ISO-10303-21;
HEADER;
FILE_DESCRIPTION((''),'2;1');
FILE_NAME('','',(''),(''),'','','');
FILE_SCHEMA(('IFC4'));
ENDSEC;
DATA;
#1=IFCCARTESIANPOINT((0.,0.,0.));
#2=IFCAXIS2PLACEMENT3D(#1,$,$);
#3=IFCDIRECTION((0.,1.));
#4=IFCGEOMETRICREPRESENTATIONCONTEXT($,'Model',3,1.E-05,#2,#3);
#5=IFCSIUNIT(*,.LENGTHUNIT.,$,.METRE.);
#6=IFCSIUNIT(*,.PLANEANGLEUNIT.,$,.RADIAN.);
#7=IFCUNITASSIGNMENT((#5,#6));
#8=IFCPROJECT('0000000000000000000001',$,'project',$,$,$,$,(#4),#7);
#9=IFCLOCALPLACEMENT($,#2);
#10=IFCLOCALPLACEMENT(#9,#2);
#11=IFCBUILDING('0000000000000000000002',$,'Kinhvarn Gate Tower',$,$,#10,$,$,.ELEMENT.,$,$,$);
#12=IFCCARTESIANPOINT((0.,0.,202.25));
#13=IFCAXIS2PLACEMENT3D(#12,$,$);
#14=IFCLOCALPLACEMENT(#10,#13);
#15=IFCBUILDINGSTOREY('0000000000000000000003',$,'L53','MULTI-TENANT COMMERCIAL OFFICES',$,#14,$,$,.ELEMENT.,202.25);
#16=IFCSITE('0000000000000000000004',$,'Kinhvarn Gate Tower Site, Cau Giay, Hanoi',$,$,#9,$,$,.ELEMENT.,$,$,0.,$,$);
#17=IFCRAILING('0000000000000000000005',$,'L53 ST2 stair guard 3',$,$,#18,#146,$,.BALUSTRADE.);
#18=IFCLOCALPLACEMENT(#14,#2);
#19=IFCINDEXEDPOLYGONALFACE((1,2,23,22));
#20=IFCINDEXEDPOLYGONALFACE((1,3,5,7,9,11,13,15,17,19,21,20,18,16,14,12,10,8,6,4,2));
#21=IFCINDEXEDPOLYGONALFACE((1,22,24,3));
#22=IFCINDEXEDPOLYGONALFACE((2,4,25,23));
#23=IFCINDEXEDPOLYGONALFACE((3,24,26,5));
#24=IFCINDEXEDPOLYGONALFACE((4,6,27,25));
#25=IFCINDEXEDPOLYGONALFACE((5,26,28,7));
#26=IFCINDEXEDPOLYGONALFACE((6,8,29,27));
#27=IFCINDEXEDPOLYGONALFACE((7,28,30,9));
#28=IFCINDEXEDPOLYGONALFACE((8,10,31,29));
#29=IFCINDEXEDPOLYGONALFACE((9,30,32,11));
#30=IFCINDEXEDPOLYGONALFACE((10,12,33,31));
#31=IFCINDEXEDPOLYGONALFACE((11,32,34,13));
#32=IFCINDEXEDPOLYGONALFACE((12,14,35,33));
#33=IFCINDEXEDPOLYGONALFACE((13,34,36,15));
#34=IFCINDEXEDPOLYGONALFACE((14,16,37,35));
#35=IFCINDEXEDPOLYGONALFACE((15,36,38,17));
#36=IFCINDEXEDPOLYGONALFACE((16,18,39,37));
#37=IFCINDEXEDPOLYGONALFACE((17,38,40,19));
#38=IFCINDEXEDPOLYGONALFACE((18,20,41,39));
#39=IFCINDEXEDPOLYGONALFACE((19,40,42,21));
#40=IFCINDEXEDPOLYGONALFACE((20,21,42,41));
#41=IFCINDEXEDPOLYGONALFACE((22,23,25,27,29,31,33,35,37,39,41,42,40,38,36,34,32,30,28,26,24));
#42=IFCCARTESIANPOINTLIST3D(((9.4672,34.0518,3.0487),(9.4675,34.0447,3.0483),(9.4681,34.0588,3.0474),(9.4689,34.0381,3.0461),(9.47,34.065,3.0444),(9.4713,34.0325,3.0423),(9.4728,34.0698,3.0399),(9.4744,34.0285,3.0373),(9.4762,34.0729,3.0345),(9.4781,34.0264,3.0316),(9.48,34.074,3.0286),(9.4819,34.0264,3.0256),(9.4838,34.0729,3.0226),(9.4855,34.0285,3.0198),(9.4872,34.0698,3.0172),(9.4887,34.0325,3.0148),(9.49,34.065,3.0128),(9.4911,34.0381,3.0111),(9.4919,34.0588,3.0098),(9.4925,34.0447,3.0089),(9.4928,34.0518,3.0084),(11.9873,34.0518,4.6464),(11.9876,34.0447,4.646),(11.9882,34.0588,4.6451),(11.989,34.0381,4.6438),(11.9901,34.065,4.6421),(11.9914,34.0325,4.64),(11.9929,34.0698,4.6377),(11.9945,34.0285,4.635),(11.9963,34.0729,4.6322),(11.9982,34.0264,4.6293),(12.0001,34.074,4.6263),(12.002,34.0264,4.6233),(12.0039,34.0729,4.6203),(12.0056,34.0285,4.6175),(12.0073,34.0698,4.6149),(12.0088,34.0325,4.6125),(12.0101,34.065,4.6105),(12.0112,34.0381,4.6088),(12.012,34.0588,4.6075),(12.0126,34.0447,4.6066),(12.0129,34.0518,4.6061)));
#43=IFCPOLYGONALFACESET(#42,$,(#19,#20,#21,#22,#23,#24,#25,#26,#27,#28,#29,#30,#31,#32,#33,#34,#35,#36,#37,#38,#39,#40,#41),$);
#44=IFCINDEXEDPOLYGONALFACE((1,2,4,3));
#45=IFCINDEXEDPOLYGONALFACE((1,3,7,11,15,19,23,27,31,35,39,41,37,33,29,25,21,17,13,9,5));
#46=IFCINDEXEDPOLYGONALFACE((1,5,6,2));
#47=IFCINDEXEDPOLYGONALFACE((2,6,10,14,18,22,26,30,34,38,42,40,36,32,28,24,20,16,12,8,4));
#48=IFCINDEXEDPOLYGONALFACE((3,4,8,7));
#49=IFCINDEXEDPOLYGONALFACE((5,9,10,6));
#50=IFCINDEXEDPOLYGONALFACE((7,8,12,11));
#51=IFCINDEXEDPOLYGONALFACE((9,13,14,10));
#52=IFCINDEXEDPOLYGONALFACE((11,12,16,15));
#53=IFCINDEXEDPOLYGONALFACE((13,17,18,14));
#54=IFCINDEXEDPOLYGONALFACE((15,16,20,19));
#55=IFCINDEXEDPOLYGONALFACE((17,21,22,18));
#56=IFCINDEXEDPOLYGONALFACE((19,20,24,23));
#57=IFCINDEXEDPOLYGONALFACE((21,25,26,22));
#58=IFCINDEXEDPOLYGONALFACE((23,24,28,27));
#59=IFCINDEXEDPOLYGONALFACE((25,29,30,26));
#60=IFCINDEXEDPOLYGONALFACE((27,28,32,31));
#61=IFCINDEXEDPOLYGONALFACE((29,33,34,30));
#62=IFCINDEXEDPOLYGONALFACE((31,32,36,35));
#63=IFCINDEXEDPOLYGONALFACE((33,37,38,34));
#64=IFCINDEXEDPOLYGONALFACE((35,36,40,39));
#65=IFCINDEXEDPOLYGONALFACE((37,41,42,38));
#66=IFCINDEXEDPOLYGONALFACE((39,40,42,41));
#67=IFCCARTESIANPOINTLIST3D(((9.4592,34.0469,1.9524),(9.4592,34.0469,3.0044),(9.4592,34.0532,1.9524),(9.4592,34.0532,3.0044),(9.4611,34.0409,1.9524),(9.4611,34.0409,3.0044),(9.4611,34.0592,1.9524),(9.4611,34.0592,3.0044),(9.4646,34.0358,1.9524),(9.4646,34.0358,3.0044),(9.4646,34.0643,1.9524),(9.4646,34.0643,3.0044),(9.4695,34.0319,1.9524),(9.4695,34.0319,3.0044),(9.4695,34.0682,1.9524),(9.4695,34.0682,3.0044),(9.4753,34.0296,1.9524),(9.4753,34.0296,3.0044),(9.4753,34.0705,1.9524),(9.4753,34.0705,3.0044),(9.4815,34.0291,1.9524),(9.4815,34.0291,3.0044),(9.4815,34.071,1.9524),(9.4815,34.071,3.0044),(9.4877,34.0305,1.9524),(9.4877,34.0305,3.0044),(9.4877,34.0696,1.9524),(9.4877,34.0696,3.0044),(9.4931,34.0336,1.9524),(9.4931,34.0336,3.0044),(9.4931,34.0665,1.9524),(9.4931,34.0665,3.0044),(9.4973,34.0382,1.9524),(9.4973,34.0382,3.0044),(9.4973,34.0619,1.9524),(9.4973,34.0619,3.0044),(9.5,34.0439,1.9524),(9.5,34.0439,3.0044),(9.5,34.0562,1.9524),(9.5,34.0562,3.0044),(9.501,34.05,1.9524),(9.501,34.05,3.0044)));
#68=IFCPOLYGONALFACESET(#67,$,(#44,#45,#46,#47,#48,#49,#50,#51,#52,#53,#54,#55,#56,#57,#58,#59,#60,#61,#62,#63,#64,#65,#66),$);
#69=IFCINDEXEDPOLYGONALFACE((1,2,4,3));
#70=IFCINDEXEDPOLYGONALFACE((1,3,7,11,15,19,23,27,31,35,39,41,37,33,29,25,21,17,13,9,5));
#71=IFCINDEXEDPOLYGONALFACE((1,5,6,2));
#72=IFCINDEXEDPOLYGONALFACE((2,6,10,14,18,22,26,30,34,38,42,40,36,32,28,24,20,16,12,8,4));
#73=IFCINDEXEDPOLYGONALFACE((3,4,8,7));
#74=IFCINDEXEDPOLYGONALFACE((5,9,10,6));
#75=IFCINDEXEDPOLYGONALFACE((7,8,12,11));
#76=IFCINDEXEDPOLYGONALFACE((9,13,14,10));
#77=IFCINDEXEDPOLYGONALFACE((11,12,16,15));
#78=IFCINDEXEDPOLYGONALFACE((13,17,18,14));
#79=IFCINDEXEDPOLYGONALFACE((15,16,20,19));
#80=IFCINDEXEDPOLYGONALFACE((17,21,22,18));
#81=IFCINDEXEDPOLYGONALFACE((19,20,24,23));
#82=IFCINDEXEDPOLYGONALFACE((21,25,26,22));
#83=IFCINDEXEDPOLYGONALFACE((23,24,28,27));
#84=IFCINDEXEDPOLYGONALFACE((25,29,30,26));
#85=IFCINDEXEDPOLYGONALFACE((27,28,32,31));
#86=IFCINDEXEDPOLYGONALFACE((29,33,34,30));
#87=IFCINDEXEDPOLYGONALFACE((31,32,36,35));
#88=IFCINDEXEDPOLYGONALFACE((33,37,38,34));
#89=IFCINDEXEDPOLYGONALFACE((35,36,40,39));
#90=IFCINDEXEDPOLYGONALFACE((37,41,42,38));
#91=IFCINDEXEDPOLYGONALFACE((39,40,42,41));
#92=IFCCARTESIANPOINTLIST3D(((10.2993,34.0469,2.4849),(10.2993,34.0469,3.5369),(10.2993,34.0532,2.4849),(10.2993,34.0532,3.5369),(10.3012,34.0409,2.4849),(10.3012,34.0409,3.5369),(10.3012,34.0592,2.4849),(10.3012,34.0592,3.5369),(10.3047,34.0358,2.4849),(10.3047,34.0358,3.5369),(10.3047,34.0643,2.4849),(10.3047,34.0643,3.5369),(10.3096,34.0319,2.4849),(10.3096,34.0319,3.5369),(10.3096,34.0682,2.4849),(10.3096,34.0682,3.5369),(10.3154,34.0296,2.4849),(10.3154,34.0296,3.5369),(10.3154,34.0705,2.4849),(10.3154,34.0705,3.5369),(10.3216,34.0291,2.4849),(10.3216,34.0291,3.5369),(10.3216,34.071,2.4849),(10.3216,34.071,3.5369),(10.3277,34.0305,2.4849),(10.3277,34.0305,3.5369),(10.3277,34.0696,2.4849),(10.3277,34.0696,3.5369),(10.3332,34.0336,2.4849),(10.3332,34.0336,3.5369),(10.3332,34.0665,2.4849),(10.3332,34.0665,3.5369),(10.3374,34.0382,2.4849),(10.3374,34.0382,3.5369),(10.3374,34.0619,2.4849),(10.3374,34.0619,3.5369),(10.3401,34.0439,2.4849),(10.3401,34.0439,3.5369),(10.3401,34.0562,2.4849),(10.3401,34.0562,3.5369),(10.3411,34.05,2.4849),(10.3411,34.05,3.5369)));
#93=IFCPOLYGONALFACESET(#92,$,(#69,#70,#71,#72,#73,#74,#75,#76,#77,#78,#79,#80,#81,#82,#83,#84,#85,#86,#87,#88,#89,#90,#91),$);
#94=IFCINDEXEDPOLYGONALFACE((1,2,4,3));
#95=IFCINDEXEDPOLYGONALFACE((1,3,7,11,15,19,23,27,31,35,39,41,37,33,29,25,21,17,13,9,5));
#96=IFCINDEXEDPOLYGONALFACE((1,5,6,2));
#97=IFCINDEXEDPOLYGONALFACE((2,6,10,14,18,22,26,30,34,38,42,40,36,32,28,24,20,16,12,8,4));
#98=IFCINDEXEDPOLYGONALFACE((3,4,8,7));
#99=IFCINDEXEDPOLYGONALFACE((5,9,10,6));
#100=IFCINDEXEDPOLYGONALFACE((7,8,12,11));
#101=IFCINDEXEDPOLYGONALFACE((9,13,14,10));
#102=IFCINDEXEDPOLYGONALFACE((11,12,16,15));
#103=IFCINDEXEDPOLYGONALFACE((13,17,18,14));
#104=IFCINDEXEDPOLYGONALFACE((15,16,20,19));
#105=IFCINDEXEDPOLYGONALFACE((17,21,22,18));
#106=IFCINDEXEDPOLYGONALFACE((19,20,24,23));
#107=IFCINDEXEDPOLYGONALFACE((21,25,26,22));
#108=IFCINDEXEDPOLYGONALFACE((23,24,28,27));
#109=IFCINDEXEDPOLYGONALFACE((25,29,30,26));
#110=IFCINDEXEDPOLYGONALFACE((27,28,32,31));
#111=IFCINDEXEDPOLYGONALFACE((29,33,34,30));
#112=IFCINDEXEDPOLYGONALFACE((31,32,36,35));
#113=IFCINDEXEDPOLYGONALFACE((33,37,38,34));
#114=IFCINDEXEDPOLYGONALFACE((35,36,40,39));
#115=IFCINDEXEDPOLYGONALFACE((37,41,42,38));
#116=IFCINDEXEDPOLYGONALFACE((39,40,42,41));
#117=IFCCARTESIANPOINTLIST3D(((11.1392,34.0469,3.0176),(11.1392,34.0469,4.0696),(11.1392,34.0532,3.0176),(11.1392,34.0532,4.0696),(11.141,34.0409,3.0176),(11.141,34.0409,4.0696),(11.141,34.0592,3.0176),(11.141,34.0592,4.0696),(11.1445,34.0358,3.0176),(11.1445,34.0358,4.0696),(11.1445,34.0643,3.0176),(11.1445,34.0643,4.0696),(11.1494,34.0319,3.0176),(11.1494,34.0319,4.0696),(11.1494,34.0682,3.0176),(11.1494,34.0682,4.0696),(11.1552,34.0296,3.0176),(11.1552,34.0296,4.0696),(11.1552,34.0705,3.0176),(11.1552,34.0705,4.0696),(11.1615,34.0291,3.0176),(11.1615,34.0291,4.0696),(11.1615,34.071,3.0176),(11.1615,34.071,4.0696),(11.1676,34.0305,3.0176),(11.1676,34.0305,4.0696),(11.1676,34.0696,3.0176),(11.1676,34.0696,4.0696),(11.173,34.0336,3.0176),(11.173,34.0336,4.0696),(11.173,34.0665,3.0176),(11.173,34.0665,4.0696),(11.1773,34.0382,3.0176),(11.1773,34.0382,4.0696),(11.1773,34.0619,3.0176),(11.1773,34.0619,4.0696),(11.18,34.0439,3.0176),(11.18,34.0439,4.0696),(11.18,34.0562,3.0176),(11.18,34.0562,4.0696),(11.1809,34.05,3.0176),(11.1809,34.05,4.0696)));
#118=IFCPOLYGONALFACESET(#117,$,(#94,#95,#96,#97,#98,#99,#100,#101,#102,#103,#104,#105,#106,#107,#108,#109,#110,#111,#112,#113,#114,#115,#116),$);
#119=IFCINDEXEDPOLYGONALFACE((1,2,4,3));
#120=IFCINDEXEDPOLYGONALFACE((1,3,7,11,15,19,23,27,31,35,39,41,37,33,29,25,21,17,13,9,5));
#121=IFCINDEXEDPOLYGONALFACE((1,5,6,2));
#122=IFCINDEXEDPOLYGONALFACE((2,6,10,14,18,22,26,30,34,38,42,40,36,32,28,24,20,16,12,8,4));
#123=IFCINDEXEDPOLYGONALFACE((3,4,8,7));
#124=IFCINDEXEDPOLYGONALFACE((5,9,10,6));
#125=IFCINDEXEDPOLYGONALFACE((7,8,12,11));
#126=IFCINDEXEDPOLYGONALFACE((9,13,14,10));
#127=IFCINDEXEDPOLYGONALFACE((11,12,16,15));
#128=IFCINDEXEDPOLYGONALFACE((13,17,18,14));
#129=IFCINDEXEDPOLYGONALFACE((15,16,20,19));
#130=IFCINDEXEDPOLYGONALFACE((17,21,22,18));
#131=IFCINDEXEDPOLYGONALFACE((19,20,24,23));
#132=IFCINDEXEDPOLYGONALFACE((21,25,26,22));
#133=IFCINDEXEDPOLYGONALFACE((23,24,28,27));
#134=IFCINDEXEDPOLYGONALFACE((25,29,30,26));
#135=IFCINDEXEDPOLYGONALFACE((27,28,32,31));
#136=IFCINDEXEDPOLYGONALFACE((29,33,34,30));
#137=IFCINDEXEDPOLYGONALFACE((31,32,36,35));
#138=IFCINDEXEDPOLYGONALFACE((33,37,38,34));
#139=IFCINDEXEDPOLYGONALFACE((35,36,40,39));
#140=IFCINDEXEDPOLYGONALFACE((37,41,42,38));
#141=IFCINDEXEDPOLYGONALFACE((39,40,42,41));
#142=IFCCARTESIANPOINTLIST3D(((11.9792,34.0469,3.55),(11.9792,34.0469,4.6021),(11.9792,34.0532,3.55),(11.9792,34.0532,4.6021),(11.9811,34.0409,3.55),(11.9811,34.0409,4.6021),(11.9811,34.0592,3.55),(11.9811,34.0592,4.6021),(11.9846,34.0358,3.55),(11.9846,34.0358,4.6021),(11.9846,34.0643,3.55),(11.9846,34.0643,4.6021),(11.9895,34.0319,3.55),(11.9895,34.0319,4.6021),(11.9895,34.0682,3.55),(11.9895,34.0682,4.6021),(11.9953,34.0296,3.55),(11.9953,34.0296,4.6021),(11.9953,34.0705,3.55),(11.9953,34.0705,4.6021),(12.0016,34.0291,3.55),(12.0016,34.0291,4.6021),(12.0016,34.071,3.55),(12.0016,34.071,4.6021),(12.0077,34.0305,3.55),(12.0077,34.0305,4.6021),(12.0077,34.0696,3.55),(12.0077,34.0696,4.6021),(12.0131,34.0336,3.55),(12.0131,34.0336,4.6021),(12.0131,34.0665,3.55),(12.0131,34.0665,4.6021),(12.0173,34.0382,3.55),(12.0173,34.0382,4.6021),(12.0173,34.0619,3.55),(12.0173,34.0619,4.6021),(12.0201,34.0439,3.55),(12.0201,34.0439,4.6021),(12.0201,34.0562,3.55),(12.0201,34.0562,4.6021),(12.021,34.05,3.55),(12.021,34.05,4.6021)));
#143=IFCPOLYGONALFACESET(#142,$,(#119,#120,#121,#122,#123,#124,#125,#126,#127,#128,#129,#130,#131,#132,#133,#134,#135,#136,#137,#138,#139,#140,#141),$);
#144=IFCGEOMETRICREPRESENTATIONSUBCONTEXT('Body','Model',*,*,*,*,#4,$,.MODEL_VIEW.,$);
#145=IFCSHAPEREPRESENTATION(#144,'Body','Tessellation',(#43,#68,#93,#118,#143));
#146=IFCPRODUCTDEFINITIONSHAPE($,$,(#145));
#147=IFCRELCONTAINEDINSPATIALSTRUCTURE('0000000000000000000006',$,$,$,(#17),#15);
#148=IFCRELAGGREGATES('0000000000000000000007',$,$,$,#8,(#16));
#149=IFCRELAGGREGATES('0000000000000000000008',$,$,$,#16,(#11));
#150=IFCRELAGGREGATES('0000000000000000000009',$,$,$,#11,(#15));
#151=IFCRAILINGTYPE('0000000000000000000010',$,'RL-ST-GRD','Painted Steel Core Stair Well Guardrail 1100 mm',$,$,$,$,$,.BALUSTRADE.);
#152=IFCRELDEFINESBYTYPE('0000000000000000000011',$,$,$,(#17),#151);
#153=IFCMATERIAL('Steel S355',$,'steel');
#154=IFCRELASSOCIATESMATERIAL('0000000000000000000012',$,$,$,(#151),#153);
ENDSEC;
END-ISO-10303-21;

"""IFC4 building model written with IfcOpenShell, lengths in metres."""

from ifc_helpers import new_model, si_unit, direction, frame, origin, origin_2d, place, context, subcontext, project, spatial, circle, extrude, material, type_object, element, save


model = new_model("IFC4")

# Units and contexts
model_context = context("Model", 3, precision=1e-05, world=origin(), true_north=direction((0.0, 1.0)))
body_context = subcontext(model_context, "Body", "Model", "MODEL_VIEW")
ifc_project = project(units=[si_unit("LENGTHUNIT", "METRE"), si_unit("PLANEANGLEUNIT", "RADIAN")], contexts=[model_context])

# Site, building, storey
site_placement = place(None, origin())
site = spatial("IfcSite", under=ifc_project, at=site_placement, Name="Kinhvarn Gate Tower Site, Cau Giay, Hanoi", CompositionType="ELEMENT", RefElevation=0.0)
building_placement = place(site_placement, origin())
building = spatial("IfcBuilding", under=site, at=building_placement, Name="Kinhvarn Gate Tower", CompositionType="ELEMENT")
storey_placement = place(building_placement, frame((0.0, 0.0, 202.25)))
storey = spatial("IfcBuildingStorey", under=building, at=storey_placement, Name="L53", Description="MULTI-TENANT COMMERCIAL OFFICES", CompositionType="ELEMENT", Elevation=202.25)

# Railing
ifc_material_1 = material(Name="Steel S355", Category="steel")
railing_type_1 = type_object("IfcRailingType", Name="RL-ST-GRD", Description="Painted Steel Core Stair Well Guardrail 1100 mm", PredefinedType="BALUSTRADE", material=ifc_material_1)
railing_1_placement = place(storey_placement, frame((9.48, 34.05, 1.9524)))
element("IfcRailing", 1, at=railing_1_placement, inside=storey, type_object=railing_type_1, Name="L53 ST2 stair guard 3", PredefinedType="BALUSTRADE", context=body_context, shape_type="SweptSolid", body=[
    extrude(circle(Radius=0.0239, at=origin_2d()), frame((0.0, 0.0, 1.0762), z_axis=(0.84457, 0.0, 0.535445), x_axis=(0.0, 1.0, 0.0)), (0.0, 0.0, 1.0), 2.9839),
    extrude(circle(Radius=0.021, at=origin_2d()), origin(), (0.0, 0.0, 1.0), 1.052),
    extrude(circle(Radius=0.021, at=origin_2d()), frame((0.8401, 0.0, 0.5325)), (0.0, 0.0, 1.0), 1.052),
    extrude(circle(Radius=0.021, at=origin_2d()), frame((1.6799, 0.0, 1.0652)), (0.0, 0.0, 1.0), 1.052),
    extrude(circle(Radius=0.021, at=origin_2d()), frame((2.52, 0.0, 1.5977)), (0.0, 0.0, 1.0), 1.052),
])

save(model, "model.ifc")
